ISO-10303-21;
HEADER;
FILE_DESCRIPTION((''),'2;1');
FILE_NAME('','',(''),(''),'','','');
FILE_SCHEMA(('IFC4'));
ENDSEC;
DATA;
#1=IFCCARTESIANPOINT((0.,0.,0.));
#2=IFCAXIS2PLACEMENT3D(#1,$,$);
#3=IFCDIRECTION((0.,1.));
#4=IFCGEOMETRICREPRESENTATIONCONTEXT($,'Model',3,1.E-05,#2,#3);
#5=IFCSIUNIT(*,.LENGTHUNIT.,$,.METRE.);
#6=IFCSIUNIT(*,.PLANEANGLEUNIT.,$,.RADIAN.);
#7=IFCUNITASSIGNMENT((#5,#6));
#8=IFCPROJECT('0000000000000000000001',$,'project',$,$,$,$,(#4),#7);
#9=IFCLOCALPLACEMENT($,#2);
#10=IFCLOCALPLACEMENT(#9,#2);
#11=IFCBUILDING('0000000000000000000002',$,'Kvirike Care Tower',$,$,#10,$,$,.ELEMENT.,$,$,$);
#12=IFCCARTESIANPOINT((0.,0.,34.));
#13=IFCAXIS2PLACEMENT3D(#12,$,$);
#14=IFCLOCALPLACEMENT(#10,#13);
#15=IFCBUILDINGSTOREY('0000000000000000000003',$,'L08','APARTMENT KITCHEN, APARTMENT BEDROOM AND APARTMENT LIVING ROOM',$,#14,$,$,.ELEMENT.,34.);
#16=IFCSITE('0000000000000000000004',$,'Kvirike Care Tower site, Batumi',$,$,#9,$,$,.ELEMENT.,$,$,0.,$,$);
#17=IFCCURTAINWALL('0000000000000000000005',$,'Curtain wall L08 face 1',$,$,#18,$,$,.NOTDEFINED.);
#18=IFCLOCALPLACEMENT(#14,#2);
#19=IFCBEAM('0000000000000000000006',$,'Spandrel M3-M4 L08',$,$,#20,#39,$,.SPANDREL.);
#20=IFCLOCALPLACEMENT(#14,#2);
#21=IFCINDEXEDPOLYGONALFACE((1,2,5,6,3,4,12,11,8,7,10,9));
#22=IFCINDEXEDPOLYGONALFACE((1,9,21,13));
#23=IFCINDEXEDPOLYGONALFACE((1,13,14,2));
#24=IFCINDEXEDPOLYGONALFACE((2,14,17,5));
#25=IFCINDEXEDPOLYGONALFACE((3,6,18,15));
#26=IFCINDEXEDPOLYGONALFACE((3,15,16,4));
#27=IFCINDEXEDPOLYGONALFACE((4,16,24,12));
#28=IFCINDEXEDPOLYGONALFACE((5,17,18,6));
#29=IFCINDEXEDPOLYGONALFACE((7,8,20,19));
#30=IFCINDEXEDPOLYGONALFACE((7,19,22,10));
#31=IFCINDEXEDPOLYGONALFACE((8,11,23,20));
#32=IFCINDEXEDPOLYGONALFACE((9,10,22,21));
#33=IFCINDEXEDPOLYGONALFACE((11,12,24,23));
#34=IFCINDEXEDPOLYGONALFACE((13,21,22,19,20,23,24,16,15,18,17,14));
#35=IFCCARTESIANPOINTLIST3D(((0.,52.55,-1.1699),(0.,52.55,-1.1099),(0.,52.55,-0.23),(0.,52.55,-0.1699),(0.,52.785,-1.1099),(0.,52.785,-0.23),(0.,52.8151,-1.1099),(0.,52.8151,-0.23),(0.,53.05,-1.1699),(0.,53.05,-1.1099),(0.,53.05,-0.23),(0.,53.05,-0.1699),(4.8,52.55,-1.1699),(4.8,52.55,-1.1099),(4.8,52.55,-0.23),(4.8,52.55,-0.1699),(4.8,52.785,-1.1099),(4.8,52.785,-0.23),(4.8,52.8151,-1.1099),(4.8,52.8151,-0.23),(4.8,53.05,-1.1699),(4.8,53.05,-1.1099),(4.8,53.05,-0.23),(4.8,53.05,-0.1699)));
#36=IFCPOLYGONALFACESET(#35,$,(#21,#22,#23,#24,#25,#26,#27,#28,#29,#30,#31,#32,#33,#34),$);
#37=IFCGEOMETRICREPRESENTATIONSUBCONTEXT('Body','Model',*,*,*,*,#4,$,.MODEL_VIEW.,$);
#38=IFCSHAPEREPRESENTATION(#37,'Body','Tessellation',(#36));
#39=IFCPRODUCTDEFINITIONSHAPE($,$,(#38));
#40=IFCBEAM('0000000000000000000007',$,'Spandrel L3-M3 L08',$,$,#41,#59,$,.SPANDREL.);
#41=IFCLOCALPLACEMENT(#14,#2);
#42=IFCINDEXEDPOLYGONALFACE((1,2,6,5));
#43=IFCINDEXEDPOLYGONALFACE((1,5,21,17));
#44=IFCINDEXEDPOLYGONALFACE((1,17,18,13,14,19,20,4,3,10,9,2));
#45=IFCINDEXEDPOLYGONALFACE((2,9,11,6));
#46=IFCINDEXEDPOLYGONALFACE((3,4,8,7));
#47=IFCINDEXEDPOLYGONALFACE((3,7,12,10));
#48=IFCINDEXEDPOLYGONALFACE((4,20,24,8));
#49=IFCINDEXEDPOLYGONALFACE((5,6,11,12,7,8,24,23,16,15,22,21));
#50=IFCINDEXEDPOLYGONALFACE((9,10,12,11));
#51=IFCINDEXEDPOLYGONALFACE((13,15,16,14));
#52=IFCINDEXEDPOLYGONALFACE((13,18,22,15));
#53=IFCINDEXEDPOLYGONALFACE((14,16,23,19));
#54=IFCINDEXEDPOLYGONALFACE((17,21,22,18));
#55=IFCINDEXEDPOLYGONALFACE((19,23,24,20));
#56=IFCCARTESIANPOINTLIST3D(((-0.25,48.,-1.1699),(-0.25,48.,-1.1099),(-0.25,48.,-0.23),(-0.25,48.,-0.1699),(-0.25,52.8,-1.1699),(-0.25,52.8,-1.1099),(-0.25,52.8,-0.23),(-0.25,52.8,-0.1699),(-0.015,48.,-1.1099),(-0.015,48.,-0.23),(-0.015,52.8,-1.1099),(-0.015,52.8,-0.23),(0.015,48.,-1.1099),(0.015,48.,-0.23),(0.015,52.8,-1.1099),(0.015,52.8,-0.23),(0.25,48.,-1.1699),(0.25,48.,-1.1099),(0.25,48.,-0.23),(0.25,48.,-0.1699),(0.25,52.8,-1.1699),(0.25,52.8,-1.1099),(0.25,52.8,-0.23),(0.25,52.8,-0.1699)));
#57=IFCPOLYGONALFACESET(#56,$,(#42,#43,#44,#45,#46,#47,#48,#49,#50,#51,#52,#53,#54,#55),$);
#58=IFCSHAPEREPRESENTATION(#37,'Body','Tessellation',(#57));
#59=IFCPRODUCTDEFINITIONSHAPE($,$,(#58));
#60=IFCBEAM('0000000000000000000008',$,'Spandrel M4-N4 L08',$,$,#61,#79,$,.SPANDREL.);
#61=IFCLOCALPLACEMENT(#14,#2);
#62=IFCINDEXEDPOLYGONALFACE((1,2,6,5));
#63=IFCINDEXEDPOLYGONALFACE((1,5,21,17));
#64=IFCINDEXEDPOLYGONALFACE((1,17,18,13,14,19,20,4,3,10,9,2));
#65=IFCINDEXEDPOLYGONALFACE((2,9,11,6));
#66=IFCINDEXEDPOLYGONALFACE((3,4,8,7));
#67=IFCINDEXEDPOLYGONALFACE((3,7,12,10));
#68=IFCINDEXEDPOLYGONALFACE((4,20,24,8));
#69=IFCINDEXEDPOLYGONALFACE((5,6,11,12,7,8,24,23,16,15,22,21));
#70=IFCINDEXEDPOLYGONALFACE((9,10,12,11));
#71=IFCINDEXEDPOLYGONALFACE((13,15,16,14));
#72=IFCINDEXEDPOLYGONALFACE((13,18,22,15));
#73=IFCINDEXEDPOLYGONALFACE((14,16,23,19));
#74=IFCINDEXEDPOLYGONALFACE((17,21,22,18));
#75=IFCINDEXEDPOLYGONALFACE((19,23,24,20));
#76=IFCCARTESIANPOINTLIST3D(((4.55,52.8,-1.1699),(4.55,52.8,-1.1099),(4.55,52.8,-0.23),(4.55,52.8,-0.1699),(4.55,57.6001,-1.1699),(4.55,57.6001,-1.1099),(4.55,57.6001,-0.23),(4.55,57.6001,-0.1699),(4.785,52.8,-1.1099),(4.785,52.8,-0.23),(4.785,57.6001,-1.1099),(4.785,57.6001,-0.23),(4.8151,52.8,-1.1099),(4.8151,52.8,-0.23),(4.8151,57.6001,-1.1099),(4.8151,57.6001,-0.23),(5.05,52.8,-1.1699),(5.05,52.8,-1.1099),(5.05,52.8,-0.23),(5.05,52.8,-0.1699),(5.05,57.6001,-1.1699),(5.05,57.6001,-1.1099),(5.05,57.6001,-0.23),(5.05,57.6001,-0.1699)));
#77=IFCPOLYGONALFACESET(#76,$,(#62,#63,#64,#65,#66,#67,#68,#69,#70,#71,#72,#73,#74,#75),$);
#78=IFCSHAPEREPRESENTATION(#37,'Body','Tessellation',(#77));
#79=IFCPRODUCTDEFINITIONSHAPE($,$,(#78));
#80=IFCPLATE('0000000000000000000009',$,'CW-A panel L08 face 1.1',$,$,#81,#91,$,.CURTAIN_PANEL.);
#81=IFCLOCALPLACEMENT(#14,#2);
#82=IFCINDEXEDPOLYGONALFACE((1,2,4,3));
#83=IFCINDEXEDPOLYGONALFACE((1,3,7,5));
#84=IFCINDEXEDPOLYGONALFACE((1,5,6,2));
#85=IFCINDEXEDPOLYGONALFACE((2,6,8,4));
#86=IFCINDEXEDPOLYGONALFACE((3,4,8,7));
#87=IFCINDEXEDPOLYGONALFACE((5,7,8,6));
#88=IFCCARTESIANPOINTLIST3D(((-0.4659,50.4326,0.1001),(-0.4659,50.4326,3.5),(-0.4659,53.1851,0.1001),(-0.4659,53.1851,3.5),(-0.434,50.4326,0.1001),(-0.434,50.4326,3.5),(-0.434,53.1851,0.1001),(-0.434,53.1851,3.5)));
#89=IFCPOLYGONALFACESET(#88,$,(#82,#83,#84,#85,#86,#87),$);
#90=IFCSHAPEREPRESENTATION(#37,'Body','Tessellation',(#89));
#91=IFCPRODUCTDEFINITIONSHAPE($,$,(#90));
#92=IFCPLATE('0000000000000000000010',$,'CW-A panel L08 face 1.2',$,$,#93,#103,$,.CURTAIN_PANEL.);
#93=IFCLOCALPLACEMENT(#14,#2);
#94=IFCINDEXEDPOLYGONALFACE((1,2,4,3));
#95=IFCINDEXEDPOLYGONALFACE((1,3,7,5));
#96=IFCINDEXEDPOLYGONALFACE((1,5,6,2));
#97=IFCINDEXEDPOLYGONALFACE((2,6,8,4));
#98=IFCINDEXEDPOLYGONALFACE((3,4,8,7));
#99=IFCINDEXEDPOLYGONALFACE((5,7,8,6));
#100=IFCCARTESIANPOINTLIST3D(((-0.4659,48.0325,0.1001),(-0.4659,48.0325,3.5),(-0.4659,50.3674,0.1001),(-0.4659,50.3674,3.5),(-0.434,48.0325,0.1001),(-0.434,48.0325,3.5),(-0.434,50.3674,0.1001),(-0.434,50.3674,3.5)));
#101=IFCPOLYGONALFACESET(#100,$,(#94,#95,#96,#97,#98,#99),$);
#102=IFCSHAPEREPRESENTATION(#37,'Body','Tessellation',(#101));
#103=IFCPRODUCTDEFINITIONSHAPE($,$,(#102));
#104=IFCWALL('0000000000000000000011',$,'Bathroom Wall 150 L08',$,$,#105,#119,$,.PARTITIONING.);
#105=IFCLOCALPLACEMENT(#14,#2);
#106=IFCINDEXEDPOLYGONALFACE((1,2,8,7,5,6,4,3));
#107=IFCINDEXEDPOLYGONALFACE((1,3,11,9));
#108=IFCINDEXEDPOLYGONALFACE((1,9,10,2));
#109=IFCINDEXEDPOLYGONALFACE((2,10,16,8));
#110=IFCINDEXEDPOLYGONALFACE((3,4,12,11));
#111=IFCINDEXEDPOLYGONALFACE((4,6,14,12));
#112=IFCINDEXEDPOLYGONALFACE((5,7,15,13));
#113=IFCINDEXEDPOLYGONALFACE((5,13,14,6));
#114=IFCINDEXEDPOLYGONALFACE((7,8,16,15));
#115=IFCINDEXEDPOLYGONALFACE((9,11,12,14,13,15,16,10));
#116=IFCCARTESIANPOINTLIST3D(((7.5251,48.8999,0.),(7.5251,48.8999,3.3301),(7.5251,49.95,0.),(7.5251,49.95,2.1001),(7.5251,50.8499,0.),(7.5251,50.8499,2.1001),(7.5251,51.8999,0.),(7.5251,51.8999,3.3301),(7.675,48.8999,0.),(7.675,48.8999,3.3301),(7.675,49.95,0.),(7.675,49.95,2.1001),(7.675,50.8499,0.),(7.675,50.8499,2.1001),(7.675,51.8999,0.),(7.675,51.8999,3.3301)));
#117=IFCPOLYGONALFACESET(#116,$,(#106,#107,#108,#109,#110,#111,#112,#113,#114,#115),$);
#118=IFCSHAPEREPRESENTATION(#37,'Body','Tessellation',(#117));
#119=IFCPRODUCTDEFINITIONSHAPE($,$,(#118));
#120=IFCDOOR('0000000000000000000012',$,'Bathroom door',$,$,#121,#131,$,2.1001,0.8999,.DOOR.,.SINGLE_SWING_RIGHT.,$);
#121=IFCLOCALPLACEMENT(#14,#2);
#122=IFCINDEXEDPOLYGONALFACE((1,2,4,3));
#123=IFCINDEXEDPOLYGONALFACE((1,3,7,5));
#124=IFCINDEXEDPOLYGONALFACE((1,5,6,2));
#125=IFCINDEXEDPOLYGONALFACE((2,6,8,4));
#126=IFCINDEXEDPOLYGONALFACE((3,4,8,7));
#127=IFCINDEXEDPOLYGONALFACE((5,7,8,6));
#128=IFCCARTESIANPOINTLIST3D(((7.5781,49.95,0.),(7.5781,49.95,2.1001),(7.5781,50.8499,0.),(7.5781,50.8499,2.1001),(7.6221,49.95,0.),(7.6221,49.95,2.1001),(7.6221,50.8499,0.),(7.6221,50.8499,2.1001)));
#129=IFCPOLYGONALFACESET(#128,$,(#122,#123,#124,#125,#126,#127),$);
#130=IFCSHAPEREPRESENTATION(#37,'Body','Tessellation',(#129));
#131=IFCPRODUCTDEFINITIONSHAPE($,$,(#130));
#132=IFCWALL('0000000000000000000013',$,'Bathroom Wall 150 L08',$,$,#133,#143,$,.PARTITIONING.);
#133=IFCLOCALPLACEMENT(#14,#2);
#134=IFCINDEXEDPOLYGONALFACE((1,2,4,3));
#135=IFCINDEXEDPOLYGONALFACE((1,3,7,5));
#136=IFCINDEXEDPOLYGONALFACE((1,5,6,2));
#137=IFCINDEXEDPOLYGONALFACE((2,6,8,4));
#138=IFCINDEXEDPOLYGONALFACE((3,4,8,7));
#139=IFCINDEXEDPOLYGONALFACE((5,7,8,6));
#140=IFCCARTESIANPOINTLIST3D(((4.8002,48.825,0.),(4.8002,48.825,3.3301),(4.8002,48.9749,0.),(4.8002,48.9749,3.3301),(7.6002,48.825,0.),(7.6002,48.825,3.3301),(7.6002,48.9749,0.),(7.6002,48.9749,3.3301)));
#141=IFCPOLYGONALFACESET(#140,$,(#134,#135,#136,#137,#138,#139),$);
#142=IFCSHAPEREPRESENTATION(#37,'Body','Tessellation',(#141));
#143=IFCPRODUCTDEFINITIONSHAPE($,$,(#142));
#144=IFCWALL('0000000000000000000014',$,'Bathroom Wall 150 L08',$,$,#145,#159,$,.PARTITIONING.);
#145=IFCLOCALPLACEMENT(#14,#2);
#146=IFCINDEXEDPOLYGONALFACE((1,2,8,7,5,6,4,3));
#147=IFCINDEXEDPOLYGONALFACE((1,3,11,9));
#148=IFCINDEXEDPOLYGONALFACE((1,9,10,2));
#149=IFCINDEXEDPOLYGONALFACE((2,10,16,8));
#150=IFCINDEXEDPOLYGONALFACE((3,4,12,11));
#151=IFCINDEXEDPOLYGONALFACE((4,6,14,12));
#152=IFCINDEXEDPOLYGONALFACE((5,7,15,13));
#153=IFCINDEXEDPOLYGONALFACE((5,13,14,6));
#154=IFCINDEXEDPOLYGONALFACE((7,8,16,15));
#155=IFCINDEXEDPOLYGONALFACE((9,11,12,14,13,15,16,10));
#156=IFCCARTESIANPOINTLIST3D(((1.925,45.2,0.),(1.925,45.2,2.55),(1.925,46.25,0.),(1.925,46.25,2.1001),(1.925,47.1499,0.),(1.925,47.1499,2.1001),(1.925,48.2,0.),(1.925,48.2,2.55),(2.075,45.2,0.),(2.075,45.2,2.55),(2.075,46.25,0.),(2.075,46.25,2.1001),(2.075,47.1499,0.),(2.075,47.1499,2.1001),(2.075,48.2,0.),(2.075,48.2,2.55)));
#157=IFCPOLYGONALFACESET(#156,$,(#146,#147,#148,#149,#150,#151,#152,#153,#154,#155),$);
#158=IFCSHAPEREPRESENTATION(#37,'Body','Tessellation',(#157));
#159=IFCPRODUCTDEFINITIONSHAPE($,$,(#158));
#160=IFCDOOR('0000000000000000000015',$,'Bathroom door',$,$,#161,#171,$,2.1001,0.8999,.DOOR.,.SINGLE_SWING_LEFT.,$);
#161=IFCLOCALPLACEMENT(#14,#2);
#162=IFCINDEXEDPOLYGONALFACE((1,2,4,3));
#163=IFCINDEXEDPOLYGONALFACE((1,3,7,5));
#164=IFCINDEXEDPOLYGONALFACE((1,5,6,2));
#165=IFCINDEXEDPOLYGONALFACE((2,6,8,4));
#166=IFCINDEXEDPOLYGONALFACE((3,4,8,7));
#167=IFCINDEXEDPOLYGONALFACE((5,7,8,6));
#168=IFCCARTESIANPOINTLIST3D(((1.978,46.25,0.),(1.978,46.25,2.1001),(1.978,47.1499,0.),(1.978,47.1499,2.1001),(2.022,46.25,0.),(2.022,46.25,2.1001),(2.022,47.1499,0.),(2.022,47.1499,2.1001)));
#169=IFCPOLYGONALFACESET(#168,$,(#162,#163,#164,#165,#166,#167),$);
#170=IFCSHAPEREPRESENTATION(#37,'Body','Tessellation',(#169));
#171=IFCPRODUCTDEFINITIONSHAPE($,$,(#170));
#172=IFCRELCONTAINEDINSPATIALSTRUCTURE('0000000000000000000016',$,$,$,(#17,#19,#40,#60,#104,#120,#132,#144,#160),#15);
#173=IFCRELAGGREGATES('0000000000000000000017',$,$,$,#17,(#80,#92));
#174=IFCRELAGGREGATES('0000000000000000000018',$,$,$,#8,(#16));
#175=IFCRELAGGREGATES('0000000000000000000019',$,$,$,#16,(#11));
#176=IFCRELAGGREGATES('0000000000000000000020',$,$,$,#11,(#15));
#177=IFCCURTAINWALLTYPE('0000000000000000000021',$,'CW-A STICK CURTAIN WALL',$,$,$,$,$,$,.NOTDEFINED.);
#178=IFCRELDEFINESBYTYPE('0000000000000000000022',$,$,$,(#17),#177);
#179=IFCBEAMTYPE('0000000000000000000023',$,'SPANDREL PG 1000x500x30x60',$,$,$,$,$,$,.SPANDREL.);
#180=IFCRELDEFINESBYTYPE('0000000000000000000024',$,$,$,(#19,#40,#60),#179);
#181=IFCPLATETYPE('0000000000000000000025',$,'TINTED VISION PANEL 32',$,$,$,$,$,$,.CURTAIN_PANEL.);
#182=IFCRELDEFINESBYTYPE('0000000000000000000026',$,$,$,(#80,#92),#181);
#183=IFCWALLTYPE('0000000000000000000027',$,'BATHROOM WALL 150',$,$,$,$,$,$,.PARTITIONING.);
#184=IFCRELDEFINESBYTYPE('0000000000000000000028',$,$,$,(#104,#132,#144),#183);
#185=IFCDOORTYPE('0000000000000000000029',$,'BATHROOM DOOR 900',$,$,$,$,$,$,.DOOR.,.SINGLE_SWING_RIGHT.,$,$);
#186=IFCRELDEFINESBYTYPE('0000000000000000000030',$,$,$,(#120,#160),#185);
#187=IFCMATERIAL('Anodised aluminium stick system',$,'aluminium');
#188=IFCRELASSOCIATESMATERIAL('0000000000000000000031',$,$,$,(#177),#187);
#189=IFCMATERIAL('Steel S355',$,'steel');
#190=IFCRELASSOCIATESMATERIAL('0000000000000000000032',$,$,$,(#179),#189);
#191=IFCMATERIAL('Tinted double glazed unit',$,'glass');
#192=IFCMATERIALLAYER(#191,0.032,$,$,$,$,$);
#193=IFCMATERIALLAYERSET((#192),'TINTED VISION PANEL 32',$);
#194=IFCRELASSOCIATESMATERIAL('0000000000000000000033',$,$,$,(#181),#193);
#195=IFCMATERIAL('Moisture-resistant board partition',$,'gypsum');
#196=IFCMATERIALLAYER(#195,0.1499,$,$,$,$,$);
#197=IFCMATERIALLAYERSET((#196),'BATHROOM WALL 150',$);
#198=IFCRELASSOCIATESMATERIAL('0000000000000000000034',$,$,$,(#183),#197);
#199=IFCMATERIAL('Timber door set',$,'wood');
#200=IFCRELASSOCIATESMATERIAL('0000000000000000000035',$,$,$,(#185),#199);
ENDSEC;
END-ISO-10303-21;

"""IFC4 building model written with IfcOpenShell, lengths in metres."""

from ifc_helpers import new_model, si_unit, direction, frame, frame_2d, origin, origin_2d, place, context, subcontext, project, spatial, rectangle, i_section, extrude, material, layer, layer_set, material_profile, profile_set, type_object, element, fill, aggregate, save


model = new_model("IFC4")

# Units and contexts
model_context = context("Model", 3, precision=1e-05, world=origin(), true_north=direction((0.0, 1.0)))
body_context = subcontext(model_context, "Body", "Model", "MODEL_VIEW")
ifc_project = project(units=[si_unit("LENGTHUNIT", "METRE"), si_unit("PLANEANGLEUNIT", "RADIAN")], contexts=[model_context])

# Site, building, storey
site_placement = place(None, origin())
site = spatial("IfcSite", under=ifc_project, at=site_placement, Name="Kvirike Care Tower site, Batumi", CompositionType="ELEMENT", RefElevation=0.0)
building_placement = place(site_placement, origin())
building = spatial("IfcBuilding", under=site, at=building_placement, Name="Kvirike Care Tower", CompositionType="ELEMENT")
storey_placement = place(building_placement, frame((0.0, 0.0, 34.0)))
storey = spatial("IfcBuildingStorey", under=building, at=storey_placement, Name="L08", Description="APARTMENT KITCHEN, APARTMENT BEDROOM AND APARTMENT LIVING ROOM", CompositionType="ELEMENT", Elevation=34.0)

# Curtain wall
ifc_material_1 = material(Name="Anodised aluminium stick system", Category="aluminium")
curtain_wall_type = type_object("IfcCurtainWallType", Name="CW-A STICK CURTAIN WALL", PredefinedType="NOTDEFINED", material=ifc_material_1)
curtain_wall_placement = place(storey_placement, origin())
curtain_wall = element("IfcCurtainWall", 1, at=curtain_wall_placement, inside=storey, type_object=curtain_wall_type, Name="Curtain wall L08 face 1", PredefinedType="NOTDEFINED")

# Beams
ifc_material_2 = material(Name="Steel S355", Category="steel")
ifc_material_profile_1 = material_profile(ifc_material_2, i_section(OverallWidth=0.5, OverallDepth=1.0, WebThickness=0.03, FlangeThickness=0.0601, at=origin_2d()), Name="PG 1000x500x30x60")
ifc_profile_set_1 = profile_set([ifc_material_profile_1], Name="Steel S355")
beam_type_1 = type_object("IfcBeamType", Name="SPANDREL PG 1000x500x30x60", PredefinedType="SPANDREL", material=ifc_profile_set_1)
for number, where, z_axis, x_axis, name in (
    (2, (0.0, 52.8, -0.6699), (1.0, 0.0, 0.0), (0.0, 1.0, 0.0), "Spandrel M3-M4 L08"),
    (3, (0.0, 48.0, -0.6699), (0.0, 1.0, 0.0), (-1.0, 0.0, 0.0), "Spandrel L3-M3 L08"),
    (4, (4.8, 52.8, -0.6699), (0.0, 1.0, 0.0), (-1.0, 0.0, 0.0), "Spandrel M4-N4 L08"),
):
    element("IfcBeam", number, at=place(storey_placement, frame(where, z_axis=z_axis, x_axis=x_axis)), inside=storey, type_object=beam_type_1, Name=name, PredefinedType="SPANDREL", context=body_context, shape_type="SweptSolid", body=[
        extrude(i_section(OverallWidth=0.5, OverallDepth=1.0, WebThickness=0.03, FlangeThickness=0.0601, at=origin_2d()), origin(), (0.0, 0.0, 1.0), 4.8),
    ])

# Plates
ifc_material_3 = material(Name="Tinted double glazed unit", Category="glass")
ifc_layer_1 = layer(ifc_material_3, 0.032)
ifc_layer_set_1 = layer_set([ifc_layer_1], Name="TINTED VISION PANEL 32")
plate_type = type_object("IfcPlateType", Name="TINTED VISION PANEL 32", PredefinedType="CURTAIN_PANEL", material=ifc_layer_set_1)
plate_1_placement = place(storey_placement, frame((-0.45, 51.8088, 0.1001), z_axis=(0.0, 0.0, 1.0), x_axis=(0.0, -1.0, 0.0)))
plate_1 = element("IfcPlate", 5, at=plate_1_placement, type_object=plate_type, Name="CW-A panel L08 face 1.1", PredefinedType="CURTAIN_PANEL", context=body_context, shape_type="SweptSolid", body=[
    extrude(rectangle(XDim=2.7524, YDim=0.032, at=origin_2d()), origin(), (0.0, 0.0, 1.0), 3.3999),
])
plate_2_placement = place(storey_placement, frame((-0.45, 49.2, 0.1001), z_axis=(0.0, 0.0, 1.0), x_axis=(0.0, -1.0, 0.0)))
plate_2 = element("IfcPlate", 6, at=plate_2_placement, type_object=plate_type, Name="CW-A panel L08 face 1.2", PredefinedType="CURTAIN_PANEL", context=body_context, shape_type="SweptSolid", body=[
    extrude(rectangle(XDim=2.335, YDim=0.032, at=origin_2d()), origin(), (0.0, 0.0, 1.0), 3.3999),
])
aggregate(curtain_wall, [plate_1, plate_2])

# Wall, opening, door
ifc_material_4 = material(Name="Moisture-resistant board partition", Category="gypsum")
ifc_layer_2 = layer(ifc_material_4, 0.1499)
ifc_layer_set_2 = layer_set([ifc_layer_2], Name="BATHROOM WALL 150")
wall_type_1 = type_object("IfcWallType", Name="BATHROOM WALL 150", PredefinedType="PARTITIONING", material=ifc_layer_set_2)
wall_1_placement = place(storey_placement, frame((7.6001, 51.8999, 0.0), z_axis=(0.0, 0.0, 1.0), x_axis=(0.0, -1.0, 0.0)))
wall_1 = element("IfcWall", 7, at=wall_1_placement, inside=storey, type_object=wall_type_1, Name="Bathroom Wall 150 L08", PredefinedType="PARTITIONING", context=body_context, shape_type="SweptSolid", body=[
    extrude(rectangle(XDim=3.0, YDim=0.1499, at=frame_2d((1.5, 0.0))), origin(), (0.0, 0.0, 1.0), 3.3301),
])
opening_1_placement = place(wall_1_placement, frame((1.05, 0.0, 0.0)))
opening_1 = element("IfcOpeningElement", 8, at=opening_1_placement, cuts=wall_1, PredefinedType="OPENING", context=body_context, shape_type="SweptSolid", body=[
    extrude(rectangle(XDim=0.8999, YDim=2.1001, at=frame_2d((0.45, 1.05))), frame((0.0, 0.0854, 0.0), z_axis=(0.0, -1.0, 0.0), x_axis=(1.0, 0.0, 0.0)), (0.0, 0.0, 1.0), 0.1709),
])
ifc_material_5 = material(Name="Timber door set", Category="wood")
door_type_1 = type_object("IfcDoorType", Name="BATHROOM DOOR 900", OperationType="SINGLE_SWING_RIGHT", PredefinedType="DOOR", material=ifc_material_5)
door_1_placement = place(opening_1_placement, frame((0.8999, 0.0, 0.0), z_axis=(0.0, 0.0, 1.0), x_axis=(-1.0, 0.0, 0.0)))
door_1 = element("IfcDoor", 9, at=door_1_placement, inside=storey, type_object=door_type_1, Name="Bathroom door", OperationType="SINGLE_SWING_RIGHT", OverallHeight=2.1001, OverallWidth=0.8999, PredefinedType="DOOR", context=body_context, shape_type="SweptSolid", body=[
    extrude(rectangle(XDim=0.8999, YDim=2.1001, at=frame_2d((0.45, 1.05))), frame((0.0, 0.022, 0.0), z_axis=(0.0, -1.0, 0.0), x_axis=(1.0, 0.0, 0.0)), (0.0, 0.0, 1.0), 0.0439),
])
fill(opening_1, door_1)

# Wall
wall_2_placement = place(storey_placement, frame((7.6001, 48.8999, 0.0), z_axis=(0.0, 0.0, 1.0), x_axis=(-1.0, 0.0, 0.0)))
element("IfcWall", 10, at=wall_2_placement, inside=storey, type_object=wall_type_1, Name="Bathroom Wall 150 L08", PredefinedType="PARTITIONING", context=body_context, shape_type="SweptSolid", body=[
    extrude(rectangle(XDim=2.8, YDim=0.1499, at=frame_2d((1.3999, 0.0))), origin(), (0.0, 0.0, 1.0), 3.3301),
])

# Wall, opening, door
wall_3_placement = place(storey_placement, frame((2.0, 48.2, 0.0), z_axis=(0.0, 0.0, 1.0), x_axis=(0.0, -1.0, 0.0)))
wall_3 = element("IfcWall", 11, at=wall_3_placement, inside=storey, type_object=wall_type_1, Name="Bathroom Wall 150 L08", PredefinedType="PARTITIONING", context=body_context, shape_type="SweptSolid", body=[
    extrude(rectangle(XDim=3.0, YDim=0.1499, at=frame_2d((1.5, 0.0))), origin(), (0.0, 0.0, 1.0), 2.55),
])
opening_2_placement = place(wall_3_placement, frame((1.05, 0.0, 0.0)))
opening_2 = element("IfcOpeningElement", 12, at=opening_2_placement, cuts=wall_3, PredefinedType="OPENING", context=body_context, shape_type="SweptSolid", body=[
    extrude(rectangle(XDim=0.8999, YDim=2.1001, at=frame_2d((0.45, 1.05))), frame((0.0, 0.0854, 0.0), z_axis=(0.0, -1.0, 0.0), x_axis=(1.0, 0.0, 0.0)), (0.0, 0.0, 1.0), 0.1709),
])
door_2_placement = place(opening_2_placement, origin())
door_2 = element("IfcDoor", 13, at=door_2_placement, inside=storey, type_object=door_type_1, Name="Bathroom door", OperationType="SINGLE_SWING_LEFT", OverallHeight=2.1001, OverallWidth=0.8999, PredefinedType="DOOR", context=body_context, shape_type="SweptSolid", body=[
    extrude(rectangle(XDim=0.8999, YDim=2.1001, at=frame_2d((0.45, 1.05))), frame((0.0, 0.022, 0.0), z_axis=(0.0, -1.0, 0.0), x_axis=(1.0, 0.0, 0.0)), (0.0, 0.0, 1.0), 0.0439),
])
fill(opening_2, door_2)

save(model, "model.ifc")
